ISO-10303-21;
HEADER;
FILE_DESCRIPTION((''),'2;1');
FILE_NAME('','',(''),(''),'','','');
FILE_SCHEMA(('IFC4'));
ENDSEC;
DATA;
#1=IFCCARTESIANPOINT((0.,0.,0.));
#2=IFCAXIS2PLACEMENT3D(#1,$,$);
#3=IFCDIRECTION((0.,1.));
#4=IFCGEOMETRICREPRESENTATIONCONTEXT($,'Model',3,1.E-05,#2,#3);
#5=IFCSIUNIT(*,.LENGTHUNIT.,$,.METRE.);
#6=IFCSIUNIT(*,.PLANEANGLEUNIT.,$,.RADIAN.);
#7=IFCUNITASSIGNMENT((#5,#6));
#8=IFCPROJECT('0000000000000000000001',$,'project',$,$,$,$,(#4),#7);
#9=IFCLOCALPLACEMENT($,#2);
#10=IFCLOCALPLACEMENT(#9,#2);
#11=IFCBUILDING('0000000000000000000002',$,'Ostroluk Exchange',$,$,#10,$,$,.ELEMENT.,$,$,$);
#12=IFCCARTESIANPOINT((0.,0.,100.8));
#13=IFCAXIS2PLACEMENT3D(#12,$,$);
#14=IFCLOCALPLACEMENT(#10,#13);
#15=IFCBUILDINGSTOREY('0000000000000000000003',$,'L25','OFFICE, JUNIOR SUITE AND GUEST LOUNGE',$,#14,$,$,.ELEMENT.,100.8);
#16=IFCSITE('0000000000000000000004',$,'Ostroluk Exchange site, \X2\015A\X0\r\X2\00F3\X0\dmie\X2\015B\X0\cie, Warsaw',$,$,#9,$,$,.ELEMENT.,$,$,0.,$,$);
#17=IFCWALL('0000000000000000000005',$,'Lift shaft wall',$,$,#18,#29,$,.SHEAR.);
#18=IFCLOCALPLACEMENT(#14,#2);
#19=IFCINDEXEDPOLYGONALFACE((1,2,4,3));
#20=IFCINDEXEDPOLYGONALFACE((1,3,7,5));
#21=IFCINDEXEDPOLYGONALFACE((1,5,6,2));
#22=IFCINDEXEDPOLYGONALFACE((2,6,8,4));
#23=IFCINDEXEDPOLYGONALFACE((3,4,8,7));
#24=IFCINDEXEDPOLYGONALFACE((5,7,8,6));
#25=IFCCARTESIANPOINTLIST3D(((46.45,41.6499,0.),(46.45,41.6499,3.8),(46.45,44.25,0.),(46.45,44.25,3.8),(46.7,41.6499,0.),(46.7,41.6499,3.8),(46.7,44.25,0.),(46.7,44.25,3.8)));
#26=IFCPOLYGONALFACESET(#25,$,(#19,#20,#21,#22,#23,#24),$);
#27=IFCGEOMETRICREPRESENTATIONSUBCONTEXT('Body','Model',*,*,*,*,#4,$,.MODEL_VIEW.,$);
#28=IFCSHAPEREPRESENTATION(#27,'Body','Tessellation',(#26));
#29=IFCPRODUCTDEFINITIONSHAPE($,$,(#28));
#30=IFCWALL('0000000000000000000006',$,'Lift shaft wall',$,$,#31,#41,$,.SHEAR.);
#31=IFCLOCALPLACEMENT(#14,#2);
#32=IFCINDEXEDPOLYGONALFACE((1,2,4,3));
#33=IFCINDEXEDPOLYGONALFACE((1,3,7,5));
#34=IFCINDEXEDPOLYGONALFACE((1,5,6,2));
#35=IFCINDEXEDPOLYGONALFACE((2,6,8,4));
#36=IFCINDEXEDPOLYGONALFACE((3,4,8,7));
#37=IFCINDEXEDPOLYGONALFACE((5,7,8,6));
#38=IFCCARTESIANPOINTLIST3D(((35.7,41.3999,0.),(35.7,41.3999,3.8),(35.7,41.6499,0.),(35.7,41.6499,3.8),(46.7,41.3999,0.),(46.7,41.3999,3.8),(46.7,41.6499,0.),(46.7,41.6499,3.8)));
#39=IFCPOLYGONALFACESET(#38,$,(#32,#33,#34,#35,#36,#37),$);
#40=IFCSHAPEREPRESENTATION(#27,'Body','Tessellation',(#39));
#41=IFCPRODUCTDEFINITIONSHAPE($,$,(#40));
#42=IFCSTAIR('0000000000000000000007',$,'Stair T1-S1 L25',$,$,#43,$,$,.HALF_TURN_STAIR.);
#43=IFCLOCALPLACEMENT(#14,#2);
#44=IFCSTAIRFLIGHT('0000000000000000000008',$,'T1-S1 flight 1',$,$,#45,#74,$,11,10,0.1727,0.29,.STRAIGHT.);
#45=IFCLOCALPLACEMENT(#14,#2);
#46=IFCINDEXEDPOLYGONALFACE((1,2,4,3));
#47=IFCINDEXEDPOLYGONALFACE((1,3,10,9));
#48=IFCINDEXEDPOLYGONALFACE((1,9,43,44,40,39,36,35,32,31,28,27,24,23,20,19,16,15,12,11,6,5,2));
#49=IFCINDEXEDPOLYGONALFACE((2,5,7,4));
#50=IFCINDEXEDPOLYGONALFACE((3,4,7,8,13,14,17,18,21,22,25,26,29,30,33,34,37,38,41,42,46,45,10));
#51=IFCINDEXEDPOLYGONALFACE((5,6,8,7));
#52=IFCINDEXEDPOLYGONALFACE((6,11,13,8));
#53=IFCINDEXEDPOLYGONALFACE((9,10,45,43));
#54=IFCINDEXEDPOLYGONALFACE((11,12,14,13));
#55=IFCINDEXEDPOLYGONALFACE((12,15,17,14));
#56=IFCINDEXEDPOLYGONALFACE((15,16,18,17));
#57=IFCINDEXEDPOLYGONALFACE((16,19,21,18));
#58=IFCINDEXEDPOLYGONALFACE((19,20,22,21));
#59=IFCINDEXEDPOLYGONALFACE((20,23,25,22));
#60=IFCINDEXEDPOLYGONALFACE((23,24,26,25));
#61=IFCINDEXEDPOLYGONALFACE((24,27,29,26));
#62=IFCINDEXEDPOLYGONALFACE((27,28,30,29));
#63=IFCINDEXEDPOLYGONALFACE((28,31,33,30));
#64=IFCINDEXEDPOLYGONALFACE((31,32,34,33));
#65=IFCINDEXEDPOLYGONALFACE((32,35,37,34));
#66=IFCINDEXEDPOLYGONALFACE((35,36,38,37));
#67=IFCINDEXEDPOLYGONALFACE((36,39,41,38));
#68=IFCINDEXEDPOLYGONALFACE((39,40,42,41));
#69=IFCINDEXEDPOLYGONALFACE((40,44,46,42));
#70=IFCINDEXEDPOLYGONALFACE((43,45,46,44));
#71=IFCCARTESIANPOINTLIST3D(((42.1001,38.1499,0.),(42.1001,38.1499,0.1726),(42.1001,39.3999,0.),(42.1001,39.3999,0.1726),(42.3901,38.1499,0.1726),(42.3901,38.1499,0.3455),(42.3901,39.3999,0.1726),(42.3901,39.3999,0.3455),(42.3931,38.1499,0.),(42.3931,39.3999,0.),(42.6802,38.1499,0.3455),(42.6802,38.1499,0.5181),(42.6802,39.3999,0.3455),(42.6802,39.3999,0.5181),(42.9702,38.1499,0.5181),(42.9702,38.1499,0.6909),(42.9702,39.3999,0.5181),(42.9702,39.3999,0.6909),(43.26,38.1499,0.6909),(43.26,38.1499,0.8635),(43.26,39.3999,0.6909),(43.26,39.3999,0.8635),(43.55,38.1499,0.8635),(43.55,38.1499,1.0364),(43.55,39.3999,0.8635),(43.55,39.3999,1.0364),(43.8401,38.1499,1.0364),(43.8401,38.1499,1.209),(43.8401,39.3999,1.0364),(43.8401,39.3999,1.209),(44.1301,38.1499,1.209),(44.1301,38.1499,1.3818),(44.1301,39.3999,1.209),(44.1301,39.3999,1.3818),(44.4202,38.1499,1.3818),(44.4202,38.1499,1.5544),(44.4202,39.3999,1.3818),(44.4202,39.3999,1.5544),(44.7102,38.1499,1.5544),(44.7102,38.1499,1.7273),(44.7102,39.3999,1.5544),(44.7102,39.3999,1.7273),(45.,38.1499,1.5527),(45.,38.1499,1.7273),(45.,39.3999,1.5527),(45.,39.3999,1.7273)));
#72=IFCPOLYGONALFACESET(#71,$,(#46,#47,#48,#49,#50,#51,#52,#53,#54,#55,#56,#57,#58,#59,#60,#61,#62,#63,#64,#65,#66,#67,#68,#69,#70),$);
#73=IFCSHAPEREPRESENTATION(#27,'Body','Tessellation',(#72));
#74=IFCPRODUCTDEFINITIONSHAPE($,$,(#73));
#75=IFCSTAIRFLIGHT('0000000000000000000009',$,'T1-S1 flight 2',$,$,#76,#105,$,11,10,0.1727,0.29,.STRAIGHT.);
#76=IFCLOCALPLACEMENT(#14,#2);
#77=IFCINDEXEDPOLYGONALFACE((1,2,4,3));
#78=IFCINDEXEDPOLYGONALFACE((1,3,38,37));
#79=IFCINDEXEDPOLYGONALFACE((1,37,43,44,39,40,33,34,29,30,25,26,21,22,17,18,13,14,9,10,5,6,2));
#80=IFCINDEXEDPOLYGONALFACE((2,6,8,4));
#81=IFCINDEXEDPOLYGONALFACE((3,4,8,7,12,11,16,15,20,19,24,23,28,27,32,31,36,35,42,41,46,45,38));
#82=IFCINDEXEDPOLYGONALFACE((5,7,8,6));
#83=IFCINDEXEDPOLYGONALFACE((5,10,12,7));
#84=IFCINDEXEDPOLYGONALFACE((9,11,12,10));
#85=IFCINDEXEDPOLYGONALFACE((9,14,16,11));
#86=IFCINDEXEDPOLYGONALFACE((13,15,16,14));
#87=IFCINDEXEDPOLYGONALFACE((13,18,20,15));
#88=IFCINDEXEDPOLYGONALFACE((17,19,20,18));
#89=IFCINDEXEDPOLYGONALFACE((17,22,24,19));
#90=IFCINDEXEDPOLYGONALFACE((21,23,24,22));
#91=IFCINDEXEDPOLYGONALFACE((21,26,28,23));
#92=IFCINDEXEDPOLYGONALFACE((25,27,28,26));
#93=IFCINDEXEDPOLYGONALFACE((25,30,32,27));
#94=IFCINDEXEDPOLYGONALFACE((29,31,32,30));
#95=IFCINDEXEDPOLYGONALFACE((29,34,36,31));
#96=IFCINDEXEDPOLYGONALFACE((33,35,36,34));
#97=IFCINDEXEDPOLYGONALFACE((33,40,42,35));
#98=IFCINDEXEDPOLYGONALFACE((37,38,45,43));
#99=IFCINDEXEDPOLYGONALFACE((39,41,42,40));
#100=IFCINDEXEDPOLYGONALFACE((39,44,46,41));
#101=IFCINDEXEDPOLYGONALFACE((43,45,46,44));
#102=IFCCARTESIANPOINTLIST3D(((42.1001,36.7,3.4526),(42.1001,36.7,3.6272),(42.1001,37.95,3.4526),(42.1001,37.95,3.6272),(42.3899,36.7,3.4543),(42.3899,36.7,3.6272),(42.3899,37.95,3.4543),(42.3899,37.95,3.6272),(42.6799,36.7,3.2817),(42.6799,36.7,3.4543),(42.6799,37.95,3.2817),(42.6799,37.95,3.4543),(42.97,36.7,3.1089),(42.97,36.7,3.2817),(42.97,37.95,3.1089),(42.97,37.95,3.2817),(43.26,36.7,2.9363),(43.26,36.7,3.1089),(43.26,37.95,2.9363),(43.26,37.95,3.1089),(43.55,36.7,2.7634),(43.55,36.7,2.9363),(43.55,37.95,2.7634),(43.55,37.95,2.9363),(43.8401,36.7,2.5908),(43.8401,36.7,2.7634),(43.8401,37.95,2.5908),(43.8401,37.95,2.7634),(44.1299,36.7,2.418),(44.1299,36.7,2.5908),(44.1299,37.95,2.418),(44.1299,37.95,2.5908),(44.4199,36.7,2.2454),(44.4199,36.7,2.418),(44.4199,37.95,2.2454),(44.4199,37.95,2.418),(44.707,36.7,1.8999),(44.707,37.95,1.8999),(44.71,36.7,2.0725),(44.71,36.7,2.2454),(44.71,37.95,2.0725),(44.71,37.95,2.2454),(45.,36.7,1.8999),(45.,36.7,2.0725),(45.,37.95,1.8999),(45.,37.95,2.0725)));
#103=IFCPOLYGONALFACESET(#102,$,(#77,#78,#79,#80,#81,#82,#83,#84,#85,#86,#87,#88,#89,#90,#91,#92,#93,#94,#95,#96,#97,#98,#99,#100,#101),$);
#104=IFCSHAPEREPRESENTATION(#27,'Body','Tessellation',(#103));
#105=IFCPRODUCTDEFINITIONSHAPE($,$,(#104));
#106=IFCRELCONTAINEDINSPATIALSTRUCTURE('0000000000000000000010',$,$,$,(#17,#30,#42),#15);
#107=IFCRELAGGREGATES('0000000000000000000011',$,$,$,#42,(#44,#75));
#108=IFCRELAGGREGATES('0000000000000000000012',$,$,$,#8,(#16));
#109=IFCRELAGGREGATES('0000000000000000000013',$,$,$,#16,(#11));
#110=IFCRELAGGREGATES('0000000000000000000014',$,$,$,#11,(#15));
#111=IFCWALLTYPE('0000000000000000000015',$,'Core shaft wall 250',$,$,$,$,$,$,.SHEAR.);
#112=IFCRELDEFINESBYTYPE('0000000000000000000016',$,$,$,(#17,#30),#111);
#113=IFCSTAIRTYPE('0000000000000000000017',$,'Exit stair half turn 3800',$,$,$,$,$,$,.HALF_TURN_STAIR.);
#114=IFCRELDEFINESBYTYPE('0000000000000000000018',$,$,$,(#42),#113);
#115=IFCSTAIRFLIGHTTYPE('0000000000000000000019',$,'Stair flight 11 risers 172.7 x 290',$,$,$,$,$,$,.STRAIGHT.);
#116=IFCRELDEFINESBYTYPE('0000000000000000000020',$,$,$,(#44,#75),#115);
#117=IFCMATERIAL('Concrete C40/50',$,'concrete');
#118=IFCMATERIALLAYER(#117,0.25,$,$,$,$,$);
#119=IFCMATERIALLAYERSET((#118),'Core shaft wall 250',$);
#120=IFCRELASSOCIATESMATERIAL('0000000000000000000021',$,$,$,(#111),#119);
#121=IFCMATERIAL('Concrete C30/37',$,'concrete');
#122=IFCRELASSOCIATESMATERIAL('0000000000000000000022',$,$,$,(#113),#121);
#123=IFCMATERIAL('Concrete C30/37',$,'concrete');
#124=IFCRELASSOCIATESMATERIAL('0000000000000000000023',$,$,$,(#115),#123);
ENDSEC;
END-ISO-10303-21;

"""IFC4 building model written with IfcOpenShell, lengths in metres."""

from ifc_helpers import new_model, si_unit, direction, frame, frame_2d, origin, place, context, subcontext, project, spatial, polyline, rectangle, outline, extrude, material, layer, layer_set, type_object, element, aggregate, save


model = new_model("IFC4")

# Units and contexts
model_context = context("Model", 3, precision=1e-05, world=origin(), true_north=direction((0.0, 1.0)))
body_context = subcontext(model_context, "Body", "Model", "MODEL_VIEW")
ifc_project = project(units=[si_unit("LENGTHUNIT", "METRE"), si_unit("PLANEANGLEUNIT", "RADIAN")], contexts=[model_context])

# Site, building, storey
site_placement = place(None, origin())
site = spatial("IfcSite", under=ifc_project, at=site_placement, Name="Ostroluk Exchange site, Śródmieście, Warsaw", CompositionType="ELEMENT", RefElevation=0.0)
building_placement = place(site_placement, origin())
building = spatial("IfcBuilding", under=site, at=building_placement, Name="Ostroluk Exchange", CompositionType="ELEMENT")
storey_placement = place(building_placement, frame((0.0, 0.0, 100.8)))
storey = spatial("IfcBuildingStorey", under=building, at=storey_placement, Name="L25", Description="OFFICE, JUNIOR SUITE AND GUEST LOUNGE", CompositionType="ELEMENT", Elevation=100.8)

# Shared definitions
ifc_material_1 = material(Name="Concrete C40/50", Category="concrete")
ifc_layer_1 = layer(ifc_material_1, 0.25)
ifc_layer_set_1 = layer_set([ifc_layer_1], Name="Core shaft wall 250")
wall_type_1 = type_object("IfcWallType", Name="Core shaft wall 250", PredefinedType="SHEAR", material=ifc_layer_set_1)

# Walls
for number, where, z_axis, x_axis, name in (
    (1, (46.575, 44.25, 0.0), (0.0, 0.0, 1.0), (0.0, -1.0, 0.0), "Lift shaft wall"),
):
    element("IfcWall", number, at=place(storey_placement, frame(where, z_axis=z_axis, x_axis=x_axis)), inside=storey, type_object=wall_type_1, Name=name, PredefinedType="SHEAR", context=body_context, shape_type="SweptSolid", body=[
        extrude(rectangle(XDim=2.6001, YDim=0.25, at=frame_2d((1.3, 0.0))), origin(), (0.0, 0.0, 1.0), 3.8),
    ])
wall_1_placement = place(storey_placement, frame((35.7, 41.5249, 0.0), z_axis=(0.0, 0.0, 1.0), x_axis=(1.0, 0.0, 0.0)))
element("IfcWall", 2, at=wall_1_placement, inside=storey, type_object=wall_type_1, Name="Lift shaft wall", PredefinedType="SHEAR", context=body_context, shape_type="SweptSolid", body=[
    extrude(rectangle(XDim=11.0, YDim=0.25, at=frame_2d((5.5, 0.0))), origin(), (0.0, 0.0, 1.0), 3.8),
])

# Stair, stair flights
ifc_material_2 = material(Name="Concrete C30/37", Category="concrete")
stair_type = type_object("IfcStairType", Name="Exit stair half turn 3800", PredefinedType="HALF_TURN_STAIR", material=ifc_material_2)
stair_placement = place(storey_placement, origin())
stair = element("IfcStair", 3, at=stair_placement, inside=storey, type_object=stair_type, Name="Stair T1-S1 L25", PredefinedType="HALF_TURN_STAIR")
ifc_material_3 = material(Name="Concrete C30/37", Category="concrete")
stair_flight_type = type_object("IfcStairFlightType", Name="Stair flight 11 risers 172.7 x 290", PredefinedType="STRAIGHT", material=ifc_material_3)
stair_flight_1_placement = place(storey_placement, frame((42.1001, 38.7749, 0.0), z_axis=(0.0, 0.0, 1.0), x_axis=(1.0, 0.0, 0.0)))
stair_flight_1 = element("IfcStairFlight", 4, at=stair_flight_1_placement, type_object=stair_flight_type, Name="T1-S1 flight 1", NumberOfRisers=11, NumberOfTreads=10, PredefinedType="STRAIGHT", RiserHeight=0.1727, TreadLength=0.29, context=body_context, shape_type="SweptSolid", body=[
    extrude(outline(polyline([(0.0, 0.0), (0.0, 0.1726), (0.29, 0.1726), (0.29, 0.3455), (0.5801, 0.3455), (0.5801, 0.5181), (0.8701, 0.5181), (0.8701, 0.6909), (1.1599, 0.6909), (1.1599, 0.8635), (1.45, 0.8635), (1.45, 1.0364), (1.74, 1.0364), (1.74, 1.209), (2.03, 1.209), (2.03, 1.3818), (2.3201, 1.3818), (2.3201, 1.5544), (2.6101, 1.5544), (2.6101, 1.7273), (2.8999, 1.7273), (2.8999, 1.8999), (2.8999, 1.5527), (0.293, 0.0), (0.0, 0.0)])), frame((0.0, 0.625, 0.0), z_axis=(0.0, -1.0, 0.0), x_axis=(1.0, 0.0, 0.0)), (0.0, 0.0, 1.0), 1.25),
])
stair_flight_2_placement = place(storey_placement, frame((45.0, 37.325, 1.8999), z_axis=(0.0, 0.0, 1.0), x_axis=(-1.0, 0.0, 0.0)))
stair_flight_2 = element("IfcStairFlight", 5, at=stair_flight_2_placement, type_object=stair_flight_type, Name="T1-S1 flight 2", NumberOfRisers=11, NumberOfTreads=10, PredefinedType="STRAIGHT", RiserHeight=0.1727, TreadLength=0.29, context=body_context, shape_type="SweptSolid", body=[
    extrude(outline(polyline([(0.0, 0.0), (0.0, 0.1726), (0.29, 0.1726), (0.29, 0.3455), (0.5801, 0.3455), (0.5801, 0.5181), (0.8701, 0.5181), (0.8701, 0.6909), (1.1599, 0.6909), (1.1599, 0.8635), (1.45, 0.8635), (1.45, 1.0364), (1.74, 1.0364), (1.74, 1.209), (2.03, 1.209), (2.03, 1.3818), (2.3201, 1.3818), (2.3201, 1.5544), (2.6101, 1.5544), (2.6101, 1.7273), (2.8999, 1.7273), (2.8999, 1.8999), (2.8999, 1.5527), (0.293, 0.0), (0.0, 0.0)])), frame((0.0, 0.625, 0.0), z_axis=(0.0, -1.0, 0.0), x_axis=(1.0, 0.0, 0.0)), (0.0, 0.0, 1.0), 1.25),
])
aggregate(stair, [stair_flight_1, stair_flight_2])

save(model, "model.ifc")
